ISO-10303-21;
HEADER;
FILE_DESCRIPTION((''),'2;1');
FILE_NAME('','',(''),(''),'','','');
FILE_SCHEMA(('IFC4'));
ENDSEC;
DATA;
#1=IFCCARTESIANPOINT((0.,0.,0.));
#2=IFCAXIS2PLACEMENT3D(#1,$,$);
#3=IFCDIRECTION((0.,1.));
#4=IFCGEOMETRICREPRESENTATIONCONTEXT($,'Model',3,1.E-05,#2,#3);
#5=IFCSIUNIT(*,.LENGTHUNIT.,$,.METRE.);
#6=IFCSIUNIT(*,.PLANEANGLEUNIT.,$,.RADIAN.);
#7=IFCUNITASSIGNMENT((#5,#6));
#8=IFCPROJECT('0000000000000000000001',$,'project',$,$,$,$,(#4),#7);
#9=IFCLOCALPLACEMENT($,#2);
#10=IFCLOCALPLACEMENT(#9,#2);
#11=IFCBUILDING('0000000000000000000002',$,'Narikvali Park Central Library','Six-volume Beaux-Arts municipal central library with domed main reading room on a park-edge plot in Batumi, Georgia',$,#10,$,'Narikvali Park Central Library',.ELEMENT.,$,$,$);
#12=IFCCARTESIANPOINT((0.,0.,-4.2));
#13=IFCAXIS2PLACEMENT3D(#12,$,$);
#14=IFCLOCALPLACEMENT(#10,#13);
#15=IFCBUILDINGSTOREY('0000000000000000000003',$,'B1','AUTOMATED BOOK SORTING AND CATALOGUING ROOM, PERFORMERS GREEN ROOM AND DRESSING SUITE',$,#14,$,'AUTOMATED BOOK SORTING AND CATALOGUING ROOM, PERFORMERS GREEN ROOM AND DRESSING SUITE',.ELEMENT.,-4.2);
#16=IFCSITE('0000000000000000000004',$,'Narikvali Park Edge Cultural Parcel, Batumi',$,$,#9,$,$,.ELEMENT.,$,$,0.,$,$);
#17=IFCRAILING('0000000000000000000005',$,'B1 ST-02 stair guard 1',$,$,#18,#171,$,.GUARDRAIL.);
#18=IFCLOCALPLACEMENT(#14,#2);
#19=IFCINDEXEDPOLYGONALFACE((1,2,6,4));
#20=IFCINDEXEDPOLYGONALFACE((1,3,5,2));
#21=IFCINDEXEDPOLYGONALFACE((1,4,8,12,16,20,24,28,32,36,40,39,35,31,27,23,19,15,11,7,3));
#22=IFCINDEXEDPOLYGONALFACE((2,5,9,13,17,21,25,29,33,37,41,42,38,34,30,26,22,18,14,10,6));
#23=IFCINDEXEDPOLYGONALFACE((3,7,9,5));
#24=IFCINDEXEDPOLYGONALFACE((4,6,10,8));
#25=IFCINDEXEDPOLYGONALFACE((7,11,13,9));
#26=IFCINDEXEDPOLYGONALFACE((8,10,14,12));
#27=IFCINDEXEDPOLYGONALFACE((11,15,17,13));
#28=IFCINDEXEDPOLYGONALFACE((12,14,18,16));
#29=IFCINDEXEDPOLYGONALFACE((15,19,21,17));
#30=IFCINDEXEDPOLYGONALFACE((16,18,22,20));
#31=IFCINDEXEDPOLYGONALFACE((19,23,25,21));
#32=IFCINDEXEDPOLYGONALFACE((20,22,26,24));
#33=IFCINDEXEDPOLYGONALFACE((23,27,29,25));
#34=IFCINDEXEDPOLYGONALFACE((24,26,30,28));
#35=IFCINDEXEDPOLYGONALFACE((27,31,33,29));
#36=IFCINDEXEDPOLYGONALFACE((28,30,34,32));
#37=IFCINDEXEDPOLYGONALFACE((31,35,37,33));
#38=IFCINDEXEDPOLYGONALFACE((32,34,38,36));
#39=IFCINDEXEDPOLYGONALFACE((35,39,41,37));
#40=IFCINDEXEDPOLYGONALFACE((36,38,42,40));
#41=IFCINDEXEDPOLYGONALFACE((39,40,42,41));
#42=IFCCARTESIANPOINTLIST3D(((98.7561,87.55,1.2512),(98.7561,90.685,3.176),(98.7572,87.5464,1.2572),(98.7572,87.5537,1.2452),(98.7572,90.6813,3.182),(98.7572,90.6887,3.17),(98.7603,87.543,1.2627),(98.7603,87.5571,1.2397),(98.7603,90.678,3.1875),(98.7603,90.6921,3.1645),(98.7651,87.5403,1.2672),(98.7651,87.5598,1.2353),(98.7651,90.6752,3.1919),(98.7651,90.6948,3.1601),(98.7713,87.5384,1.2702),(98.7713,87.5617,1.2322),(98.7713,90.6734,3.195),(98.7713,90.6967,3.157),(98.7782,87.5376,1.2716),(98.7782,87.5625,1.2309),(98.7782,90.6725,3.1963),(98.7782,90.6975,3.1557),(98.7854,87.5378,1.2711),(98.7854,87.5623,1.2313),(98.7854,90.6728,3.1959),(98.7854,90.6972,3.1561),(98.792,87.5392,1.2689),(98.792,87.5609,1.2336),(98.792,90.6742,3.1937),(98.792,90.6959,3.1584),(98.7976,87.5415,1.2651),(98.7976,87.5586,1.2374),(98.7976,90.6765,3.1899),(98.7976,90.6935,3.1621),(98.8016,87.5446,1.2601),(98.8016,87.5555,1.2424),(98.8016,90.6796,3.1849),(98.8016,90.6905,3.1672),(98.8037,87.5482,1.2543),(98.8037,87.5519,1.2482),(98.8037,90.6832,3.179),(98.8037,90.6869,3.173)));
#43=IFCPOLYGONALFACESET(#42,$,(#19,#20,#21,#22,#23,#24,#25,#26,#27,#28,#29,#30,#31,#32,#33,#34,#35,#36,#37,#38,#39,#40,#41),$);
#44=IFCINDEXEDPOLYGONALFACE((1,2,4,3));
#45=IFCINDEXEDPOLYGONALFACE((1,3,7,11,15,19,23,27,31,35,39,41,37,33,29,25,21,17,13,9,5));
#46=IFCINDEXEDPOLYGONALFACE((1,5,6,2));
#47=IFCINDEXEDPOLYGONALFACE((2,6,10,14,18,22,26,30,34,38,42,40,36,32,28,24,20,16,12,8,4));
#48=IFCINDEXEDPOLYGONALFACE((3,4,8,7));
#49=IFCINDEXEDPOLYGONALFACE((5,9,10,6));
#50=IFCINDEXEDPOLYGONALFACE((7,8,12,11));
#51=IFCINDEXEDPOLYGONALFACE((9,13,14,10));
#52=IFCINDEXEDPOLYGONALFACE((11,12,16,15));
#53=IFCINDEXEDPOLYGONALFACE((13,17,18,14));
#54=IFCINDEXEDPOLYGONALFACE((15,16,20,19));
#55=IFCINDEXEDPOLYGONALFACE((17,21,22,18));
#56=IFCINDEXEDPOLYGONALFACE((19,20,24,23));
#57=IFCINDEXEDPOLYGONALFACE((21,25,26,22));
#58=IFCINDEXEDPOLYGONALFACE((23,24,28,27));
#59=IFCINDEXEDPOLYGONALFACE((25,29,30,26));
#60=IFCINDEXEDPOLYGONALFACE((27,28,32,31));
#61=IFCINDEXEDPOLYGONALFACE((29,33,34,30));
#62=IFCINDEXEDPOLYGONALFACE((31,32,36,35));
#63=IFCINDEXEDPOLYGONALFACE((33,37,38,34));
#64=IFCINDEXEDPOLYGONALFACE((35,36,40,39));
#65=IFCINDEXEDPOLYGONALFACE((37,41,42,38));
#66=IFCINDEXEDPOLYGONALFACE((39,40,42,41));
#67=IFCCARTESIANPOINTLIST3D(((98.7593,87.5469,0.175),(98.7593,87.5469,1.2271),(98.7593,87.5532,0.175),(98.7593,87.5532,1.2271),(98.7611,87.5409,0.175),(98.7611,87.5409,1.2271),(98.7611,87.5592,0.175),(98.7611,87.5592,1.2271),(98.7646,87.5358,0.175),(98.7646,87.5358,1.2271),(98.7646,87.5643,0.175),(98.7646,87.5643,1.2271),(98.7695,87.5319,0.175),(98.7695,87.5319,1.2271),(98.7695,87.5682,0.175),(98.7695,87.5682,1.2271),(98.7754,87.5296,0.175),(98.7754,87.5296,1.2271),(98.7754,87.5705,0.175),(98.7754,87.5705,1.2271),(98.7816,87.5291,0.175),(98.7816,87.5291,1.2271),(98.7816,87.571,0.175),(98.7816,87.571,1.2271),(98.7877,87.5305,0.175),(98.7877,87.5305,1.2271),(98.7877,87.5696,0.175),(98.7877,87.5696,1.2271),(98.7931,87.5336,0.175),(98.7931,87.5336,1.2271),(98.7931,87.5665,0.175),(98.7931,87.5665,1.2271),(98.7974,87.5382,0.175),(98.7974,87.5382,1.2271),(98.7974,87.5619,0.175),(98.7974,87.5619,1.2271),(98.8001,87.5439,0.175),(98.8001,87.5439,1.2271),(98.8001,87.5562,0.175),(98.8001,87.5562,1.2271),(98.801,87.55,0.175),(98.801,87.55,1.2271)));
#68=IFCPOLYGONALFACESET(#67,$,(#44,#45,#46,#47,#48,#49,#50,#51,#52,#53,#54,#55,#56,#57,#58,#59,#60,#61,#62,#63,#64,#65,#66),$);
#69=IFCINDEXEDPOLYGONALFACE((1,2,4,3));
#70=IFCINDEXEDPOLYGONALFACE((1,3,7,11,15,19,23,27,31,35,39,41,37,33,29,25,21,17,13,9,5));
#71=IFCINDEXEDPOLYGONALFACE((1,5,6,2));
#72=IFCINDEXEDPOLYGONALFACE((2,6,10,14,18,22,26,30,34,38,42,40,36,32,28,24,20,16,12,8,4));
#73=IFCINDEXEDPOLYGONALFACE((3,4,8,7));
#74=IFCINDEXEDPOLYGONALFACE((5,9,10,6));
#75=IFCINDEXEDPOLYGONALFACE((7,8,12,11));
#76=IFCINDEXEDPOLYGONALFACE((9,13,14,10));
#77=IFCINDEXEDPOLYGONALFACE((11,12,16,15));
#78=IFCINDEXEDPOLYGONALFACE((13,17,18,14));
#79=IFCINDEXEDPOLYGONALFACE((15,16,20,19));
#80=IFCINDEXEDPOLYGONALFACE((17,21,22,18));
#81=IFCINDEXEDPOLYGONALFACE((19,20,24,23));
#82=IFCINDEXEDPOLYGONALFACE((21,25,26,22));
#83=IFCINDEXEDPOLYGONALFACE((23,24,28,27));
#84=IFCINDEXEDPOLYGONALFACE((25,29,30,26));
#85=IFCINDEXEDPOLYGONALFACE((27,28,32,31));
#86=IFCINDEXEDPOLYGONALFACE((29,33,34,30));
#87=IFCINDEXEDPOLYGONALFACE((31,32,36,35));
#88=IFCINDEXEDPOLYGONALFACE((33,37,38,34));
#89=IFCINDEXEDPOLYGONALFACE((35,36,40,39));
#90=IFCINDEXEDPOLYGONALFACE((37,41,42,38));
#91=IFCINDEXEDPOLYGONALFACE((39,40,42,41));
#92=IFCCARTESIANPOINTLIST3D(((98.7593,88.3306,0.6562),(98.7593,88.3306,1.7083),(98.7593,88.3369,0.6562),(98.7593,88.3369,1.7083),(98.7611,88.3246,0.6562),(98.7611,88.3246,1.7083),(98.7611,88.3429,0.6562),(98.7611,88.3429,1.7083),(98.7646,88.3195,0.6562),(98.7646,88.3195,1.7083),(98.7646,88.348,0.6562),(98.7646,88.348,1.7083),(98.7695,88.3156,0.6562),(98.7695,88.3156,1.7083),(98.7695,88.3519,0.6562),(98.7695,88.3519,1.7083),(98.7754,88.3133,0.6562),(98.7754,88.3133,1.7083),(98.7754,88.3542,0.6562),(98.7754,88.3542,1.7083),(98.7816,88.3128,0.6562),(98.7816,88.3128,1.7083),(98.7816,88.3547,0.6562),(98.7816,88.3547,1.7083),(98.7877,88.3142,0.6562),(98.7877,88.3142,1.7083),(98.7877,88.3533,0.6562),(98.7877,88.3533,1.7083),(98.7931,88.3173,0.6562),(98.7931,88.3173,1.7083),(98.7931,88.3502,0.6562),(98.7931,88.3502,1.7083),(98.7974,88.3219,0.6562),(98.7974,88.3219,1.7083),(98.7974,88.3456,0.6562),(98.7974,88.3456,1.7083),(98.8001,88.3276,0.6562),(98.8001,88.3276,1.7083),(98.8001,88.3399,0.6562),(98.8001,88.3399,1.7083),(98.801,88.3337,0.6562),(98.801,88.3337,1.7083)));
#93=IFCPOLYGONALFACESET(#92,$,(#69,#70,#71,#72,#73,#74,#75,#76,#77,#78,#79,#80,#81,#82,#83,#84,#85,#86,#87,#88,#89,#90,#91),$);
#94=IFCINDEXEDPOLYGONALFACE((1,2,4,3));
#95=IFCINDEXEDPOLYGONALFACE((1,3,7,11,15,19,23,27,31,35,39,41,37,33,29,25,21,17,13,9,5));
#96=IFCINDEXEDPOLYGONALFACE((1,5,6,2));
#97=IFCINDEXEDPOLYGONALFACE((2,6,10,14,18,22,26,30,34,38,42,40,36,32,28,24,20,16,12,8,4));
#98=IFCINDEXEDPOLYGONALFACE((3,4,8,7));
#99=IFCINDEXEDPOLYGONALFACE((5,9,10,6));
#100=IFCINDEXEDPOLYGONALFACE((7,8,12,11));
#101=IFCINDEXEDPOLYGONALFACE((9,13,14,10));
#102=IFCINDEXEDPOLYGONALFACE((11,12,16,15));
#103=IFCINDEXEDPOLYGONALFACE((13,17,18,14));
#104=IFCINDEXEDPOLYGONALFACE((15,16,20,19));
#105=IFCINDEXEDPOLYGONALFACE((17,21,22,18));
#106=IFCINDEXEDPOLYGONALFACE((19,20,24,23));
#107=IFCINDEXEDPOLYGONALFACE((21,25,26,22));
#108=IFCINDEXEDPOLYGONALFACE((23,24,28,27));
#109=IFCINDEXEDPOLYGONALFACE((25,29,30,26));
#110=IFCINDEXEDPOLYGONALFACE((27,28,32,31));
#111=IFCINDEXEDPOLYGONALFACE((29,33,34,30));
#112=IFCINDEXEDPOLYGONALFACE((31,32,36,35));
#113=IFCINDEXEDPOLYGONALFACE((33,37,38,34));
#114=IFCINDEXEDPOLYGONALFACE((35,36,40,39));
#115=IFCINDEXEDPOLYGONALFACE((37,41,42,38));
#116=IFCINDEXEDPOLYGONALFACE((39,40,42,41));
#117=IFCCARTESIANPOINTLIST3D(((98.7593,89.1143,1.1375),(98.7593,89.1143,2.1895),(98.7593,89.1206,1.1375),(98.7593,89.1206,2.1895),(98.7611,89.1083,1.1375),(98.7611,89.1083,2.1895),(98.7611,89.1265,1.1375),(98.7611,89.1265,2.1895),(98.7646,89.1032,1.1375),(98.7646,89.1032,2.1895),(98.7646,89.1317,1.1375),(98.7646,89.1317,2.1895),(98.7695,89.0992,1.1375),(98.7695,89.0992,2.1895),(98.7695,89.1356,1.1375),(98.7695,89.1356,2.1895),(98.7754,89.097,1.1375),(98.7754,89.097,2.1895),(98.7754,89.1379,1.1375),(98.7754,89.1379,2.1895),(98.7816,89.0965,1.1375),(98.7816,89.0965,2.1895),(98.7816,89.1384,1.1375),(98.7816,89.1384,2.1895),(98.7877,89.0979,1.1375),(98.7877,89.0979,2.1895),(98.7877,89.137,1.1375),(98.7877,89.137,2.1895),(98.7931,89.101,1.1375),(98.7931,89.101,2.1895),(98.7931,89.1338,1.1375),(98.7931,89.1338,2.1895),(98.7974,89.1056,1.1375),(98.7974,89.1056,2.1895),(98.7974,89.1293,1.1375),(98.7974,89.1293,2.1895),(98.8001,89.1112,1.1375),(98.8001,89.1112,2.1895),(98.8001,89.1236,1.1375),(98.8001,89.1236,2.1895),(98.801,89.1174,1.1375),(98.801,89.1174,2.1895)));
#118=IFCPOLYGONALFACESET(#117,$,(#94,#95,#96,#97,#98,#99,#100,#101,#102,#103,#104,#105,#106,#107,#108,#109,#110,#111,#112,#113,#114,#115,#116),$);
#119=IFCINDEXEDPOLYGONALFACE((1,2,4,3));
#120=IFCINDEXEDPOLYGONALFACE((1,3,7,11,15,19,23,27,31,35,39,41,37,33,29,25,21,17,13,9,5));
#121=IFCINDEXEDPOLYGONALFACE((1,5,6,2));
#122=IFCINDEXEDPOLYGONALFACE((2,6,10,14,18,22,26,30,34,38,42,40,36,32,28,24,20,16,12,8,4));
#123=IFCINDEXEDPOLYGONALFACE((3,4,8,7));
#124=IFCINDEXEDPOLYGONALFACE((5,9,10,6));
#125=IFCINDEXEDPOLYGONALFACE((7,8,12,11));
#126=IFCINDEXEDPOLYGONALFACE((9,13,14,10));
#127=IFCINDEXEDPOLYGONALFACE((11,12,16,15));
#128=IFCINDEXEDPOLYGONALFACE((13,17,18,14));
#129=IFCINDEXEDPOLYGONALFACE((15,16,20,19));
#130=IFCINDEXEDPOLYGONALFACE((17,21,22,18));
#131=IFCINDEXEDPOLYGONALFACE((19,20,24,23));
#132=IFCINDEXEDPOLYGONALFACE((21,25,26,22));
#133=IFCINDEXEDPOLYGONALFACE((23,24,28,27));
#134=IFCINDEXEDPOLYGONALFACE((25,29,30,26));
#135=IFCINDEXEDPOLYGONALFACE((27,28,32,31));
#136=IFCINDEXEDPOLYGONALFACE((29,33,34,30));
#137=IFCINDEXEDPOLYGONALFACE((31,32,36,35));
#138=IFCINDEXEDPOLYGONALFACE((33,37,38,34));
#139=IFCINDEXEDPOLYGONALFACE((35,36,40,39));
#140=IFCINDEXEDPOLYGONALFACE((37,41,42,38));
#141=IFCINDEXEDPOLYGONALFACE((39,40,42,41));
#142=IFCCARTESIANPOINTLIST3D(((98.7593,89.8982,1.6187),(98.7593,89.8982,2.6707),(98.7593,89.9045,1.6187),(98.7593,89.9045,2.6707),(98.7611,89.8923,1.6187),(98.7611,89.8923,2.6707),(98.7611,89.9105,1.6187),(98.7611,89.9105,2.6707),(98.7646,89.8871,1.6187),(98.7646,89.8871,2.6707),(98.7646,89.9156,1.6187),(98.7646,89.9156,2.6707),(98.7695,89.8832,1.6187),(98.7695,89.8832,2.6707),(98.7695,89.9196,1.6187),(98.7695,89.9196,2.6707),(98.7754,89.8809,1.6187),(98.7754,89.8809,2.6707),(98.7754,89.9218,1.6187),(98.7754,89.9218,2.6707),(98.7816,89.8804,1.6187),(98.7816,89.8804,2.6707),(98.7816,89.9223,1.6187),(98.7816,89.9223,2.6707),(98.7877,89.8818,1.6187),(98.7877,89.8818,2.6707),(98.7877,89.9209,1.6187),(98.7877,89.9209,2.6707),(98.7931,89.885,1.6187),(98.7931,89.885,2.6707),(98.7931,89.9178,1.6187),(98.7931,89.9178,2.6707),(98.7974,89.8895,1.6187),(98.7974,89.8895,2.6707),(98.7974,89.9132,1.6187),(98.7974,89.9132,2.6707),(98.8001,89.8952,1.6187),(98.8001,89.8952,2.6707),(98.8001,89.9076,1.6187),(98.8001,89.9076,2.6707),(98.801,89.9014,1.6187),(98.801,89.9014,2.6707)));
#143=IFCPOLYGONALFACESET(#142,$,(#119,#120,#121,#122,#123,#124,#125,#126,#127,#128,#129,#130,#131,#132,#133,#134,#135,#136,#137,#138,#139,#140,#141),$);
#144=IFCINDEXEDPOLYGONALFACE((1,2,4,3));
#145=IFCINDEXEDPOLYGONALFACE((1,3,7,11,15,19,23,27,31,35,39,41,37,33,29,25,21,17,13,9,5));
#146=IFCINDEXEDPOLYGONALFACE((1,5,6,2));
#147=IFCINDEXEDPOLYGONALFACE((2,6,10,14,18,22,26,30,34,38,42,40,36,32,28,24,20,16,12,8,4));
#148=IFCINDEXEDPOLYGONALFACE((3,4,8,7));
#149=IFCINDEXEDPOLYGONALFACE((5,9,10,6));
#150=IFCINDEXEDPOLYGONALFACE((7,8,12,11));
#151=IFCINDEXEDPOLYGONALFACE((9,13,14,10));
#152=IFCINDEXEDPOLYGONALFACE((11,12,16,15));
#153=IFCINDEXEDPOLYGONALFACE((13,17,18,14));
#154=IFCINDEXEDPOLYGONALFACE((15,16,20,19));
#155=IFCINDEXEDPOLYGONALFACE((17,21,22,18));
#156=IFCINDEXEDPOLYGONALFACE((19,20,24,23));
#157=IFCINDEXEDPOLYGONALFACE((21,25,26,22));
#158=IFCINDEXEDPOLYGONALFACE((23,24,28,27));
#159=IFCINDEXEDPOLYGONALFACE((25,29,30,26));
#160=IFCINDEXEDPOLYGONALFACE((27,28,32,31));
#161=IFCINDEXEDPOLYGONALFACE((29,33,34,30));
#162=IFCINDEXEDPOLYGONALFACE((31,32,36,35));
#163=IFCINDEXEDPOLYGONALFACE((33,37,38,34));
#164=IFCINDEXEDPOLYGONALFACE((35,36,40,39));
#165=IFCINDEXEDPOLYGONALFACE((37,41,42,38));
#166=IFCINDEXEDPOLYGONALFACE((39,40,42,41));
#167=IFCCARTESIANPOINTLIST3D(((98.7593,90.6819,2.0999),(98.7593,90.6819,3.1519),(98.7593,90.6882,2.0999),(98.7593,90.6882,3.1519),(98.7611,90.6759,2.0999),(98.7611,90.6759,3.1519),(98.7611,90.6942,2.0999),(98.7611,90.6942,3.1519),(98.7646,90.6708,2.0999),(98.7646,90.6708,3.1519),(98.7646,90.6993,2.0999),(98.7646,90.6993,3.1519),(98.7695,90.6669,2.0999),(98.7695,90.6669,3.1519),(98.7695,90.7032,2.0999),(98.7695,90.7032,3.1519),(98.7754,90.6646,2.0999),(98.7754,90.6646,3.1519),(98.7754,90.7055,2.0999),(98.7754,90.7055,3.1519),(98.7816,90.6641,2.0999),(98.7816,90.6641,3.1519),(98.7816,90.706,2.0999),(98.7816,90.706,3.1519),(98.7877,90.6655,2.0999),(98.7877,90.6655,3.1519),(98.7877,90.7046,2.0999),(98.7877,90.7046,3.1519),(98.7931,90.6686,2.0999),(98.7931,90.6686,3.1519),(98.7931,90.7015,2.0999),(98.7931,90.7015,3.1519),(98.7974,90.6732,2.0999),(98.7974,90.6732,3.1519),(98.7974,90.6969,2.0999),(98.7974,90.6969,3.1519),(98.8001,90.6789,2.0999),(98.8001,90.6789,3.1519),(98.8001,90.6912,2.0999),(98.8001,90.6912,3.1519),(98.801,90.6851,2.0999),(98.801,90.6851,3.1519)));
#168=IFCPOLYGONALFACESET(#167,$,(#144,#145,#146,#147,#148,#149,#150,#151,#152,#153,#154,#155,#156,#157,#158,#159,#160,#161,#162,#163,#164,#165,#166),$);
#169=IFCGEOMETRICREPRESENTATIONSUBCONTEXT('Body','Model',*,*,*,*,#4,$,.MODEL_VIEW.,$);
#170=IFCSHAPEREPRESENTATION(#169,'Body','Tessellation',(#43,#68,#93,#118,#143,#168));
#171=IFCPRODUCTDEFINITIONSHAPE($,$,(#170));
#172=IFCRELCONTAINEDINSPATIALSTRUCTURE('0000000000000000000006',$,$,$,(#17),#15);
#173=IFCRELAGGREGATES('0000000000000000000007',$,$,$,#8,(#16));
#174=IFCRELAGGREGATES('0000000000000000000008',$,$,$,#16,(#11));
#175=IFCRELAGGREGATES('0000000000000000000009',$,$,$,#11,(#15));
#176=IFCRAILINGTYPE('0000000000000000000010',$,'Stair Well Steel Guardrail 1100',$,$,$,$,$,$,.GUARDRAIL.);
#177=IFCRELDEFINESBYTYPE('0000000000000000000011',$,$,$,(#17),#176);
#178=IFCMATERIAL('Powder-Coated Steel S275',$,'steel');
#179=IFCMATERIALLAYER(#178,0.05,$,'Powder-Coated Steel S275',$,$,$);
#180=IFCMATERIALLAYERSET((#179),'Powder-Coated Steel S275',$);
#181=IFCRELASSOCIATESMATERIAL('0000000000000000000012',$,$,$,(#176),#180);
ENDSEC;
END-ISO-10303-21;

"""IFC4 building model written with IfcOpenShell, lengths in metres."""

from ifc_helpers import new_model, si_unit, direction, frame, origin, origin_2d, place, context, subcontext, project, spatial, circle, extrude, material, layer, layer_set, type_object, element, save


model = new_model("IFC4")

# Units and contexts
model_context = context("Model", 3, precision=1e-05, world=origin(), true_north=direction((0.0, 1.0)))
body_context = subcontext(model_context, "Body", "Model", "MODEL_VIEW")
ifc_project = project(units=[si_unit("LENGTHUNIT", "METRE"), si_unit("PLANEANGLEUNIT", "RADIAN")], contexts=[model_context])

# Site, building, storey
site_placement = place(None, origin())
site = spatial("IfcSite", under=ifc_project, at=site_placement, Name="Narikvali Park Edge Cultural Parcel, Batumi", CompositionType="ELEMENT", RefElevation=0.0)
building_placement = place(site_placement, origin())
building = spatial("IfcBuilding", under=site, at=building_placement, Name="Narikvali Park Central Library", Description="Six-volume Beaux-Arts municipal central library with domed main reading room on a park-edge plot in Batumi, Georgia", LongName="Narikvali Park Central Library", CompositionType="ELEMENT")
storey_placement = place(building_placement, frame((0.0, 0.0, -4.2)))
storey = spatial("IfcBuildingStorey", under=building, at=storey_placement, Name="B1", Description="AUTOMATED BOOK SORTING AND CATALOGUING ROOM, PERFORMERS GREEN ROOM AND DRESSING SUITE", LongName="AUTOMATED BOOK SORTING AND CATALOGUING ROOM, PERFORMERS GREEN ROOM AND DRESSING SUITE", CompositionType="ELEMENT", Elevation=-4.2)

# Railing
ifc_material_1 = material(Name="Powder-Coated Steel S275", Category="steel")
ifc_layer_1 = layer(ifc_material_1, 0.05, Name="Powder-Coated Steel S275")
ifc_layer_set_1 = layer_set([ifc_layer_1], Name="Powder-Coated Steel S275")
railing_type_1 = type_object("IfcRailingType", Name="Stair Well Steel Guardrail 1100", PredefinedType="GUARDRAIL", material=ifc_layer_set_1)
railing_1_placement = place(storey_placement, frame((98.78, 87.55, 0.175)))
element("IfcRailing", 1, at=railing_1_placement, inside=storey, type_object=railing_type_1, Name="B1 ST-02 stair guard 1", PredefinedType="GUARDRAIL", context=body_context, shape_type="SweptSolid", body=[
    extrude(circle(Radius=0.0239, at=origin_2d()), frame((0.0, 0.0, 1.0762), z_axis=(0.0, 0.852196, 0.523223), x_axis=(-1.0, 0.0, 0.0)), (0.0, 0.0, 1.0), 3.6787),
    extrude(circle(Radius=0.021, at=origin_2d()), origin(), (0.0, 0.0, 1.0), 1.052),
    extrude(circle(Radius=0.021, at=origin_2d()), frame((0.0, 0.7837, 0.4812)), (0.0, 0.0, 1.0), 1.052),
    extrude(circle(Radius=0.021, at=origin_2d()), frame((0.0, 1.5674, 0.9624)), (0.0, 0.0, 1.0), 1.052),
    extrude(circle(Radius=0.021, at=origin_2d()), frame((0.0, 2.3513, 1.4436)), (0.0, 0.0, 1.0), 1.052),
    extrude(circle(Radius=0.021, at=origin_2d()), frame((0.0, 3.135, 1.9248)), (0.0, 0.0, 1.0), 1.052),
])

save(model, "model.ifc")
